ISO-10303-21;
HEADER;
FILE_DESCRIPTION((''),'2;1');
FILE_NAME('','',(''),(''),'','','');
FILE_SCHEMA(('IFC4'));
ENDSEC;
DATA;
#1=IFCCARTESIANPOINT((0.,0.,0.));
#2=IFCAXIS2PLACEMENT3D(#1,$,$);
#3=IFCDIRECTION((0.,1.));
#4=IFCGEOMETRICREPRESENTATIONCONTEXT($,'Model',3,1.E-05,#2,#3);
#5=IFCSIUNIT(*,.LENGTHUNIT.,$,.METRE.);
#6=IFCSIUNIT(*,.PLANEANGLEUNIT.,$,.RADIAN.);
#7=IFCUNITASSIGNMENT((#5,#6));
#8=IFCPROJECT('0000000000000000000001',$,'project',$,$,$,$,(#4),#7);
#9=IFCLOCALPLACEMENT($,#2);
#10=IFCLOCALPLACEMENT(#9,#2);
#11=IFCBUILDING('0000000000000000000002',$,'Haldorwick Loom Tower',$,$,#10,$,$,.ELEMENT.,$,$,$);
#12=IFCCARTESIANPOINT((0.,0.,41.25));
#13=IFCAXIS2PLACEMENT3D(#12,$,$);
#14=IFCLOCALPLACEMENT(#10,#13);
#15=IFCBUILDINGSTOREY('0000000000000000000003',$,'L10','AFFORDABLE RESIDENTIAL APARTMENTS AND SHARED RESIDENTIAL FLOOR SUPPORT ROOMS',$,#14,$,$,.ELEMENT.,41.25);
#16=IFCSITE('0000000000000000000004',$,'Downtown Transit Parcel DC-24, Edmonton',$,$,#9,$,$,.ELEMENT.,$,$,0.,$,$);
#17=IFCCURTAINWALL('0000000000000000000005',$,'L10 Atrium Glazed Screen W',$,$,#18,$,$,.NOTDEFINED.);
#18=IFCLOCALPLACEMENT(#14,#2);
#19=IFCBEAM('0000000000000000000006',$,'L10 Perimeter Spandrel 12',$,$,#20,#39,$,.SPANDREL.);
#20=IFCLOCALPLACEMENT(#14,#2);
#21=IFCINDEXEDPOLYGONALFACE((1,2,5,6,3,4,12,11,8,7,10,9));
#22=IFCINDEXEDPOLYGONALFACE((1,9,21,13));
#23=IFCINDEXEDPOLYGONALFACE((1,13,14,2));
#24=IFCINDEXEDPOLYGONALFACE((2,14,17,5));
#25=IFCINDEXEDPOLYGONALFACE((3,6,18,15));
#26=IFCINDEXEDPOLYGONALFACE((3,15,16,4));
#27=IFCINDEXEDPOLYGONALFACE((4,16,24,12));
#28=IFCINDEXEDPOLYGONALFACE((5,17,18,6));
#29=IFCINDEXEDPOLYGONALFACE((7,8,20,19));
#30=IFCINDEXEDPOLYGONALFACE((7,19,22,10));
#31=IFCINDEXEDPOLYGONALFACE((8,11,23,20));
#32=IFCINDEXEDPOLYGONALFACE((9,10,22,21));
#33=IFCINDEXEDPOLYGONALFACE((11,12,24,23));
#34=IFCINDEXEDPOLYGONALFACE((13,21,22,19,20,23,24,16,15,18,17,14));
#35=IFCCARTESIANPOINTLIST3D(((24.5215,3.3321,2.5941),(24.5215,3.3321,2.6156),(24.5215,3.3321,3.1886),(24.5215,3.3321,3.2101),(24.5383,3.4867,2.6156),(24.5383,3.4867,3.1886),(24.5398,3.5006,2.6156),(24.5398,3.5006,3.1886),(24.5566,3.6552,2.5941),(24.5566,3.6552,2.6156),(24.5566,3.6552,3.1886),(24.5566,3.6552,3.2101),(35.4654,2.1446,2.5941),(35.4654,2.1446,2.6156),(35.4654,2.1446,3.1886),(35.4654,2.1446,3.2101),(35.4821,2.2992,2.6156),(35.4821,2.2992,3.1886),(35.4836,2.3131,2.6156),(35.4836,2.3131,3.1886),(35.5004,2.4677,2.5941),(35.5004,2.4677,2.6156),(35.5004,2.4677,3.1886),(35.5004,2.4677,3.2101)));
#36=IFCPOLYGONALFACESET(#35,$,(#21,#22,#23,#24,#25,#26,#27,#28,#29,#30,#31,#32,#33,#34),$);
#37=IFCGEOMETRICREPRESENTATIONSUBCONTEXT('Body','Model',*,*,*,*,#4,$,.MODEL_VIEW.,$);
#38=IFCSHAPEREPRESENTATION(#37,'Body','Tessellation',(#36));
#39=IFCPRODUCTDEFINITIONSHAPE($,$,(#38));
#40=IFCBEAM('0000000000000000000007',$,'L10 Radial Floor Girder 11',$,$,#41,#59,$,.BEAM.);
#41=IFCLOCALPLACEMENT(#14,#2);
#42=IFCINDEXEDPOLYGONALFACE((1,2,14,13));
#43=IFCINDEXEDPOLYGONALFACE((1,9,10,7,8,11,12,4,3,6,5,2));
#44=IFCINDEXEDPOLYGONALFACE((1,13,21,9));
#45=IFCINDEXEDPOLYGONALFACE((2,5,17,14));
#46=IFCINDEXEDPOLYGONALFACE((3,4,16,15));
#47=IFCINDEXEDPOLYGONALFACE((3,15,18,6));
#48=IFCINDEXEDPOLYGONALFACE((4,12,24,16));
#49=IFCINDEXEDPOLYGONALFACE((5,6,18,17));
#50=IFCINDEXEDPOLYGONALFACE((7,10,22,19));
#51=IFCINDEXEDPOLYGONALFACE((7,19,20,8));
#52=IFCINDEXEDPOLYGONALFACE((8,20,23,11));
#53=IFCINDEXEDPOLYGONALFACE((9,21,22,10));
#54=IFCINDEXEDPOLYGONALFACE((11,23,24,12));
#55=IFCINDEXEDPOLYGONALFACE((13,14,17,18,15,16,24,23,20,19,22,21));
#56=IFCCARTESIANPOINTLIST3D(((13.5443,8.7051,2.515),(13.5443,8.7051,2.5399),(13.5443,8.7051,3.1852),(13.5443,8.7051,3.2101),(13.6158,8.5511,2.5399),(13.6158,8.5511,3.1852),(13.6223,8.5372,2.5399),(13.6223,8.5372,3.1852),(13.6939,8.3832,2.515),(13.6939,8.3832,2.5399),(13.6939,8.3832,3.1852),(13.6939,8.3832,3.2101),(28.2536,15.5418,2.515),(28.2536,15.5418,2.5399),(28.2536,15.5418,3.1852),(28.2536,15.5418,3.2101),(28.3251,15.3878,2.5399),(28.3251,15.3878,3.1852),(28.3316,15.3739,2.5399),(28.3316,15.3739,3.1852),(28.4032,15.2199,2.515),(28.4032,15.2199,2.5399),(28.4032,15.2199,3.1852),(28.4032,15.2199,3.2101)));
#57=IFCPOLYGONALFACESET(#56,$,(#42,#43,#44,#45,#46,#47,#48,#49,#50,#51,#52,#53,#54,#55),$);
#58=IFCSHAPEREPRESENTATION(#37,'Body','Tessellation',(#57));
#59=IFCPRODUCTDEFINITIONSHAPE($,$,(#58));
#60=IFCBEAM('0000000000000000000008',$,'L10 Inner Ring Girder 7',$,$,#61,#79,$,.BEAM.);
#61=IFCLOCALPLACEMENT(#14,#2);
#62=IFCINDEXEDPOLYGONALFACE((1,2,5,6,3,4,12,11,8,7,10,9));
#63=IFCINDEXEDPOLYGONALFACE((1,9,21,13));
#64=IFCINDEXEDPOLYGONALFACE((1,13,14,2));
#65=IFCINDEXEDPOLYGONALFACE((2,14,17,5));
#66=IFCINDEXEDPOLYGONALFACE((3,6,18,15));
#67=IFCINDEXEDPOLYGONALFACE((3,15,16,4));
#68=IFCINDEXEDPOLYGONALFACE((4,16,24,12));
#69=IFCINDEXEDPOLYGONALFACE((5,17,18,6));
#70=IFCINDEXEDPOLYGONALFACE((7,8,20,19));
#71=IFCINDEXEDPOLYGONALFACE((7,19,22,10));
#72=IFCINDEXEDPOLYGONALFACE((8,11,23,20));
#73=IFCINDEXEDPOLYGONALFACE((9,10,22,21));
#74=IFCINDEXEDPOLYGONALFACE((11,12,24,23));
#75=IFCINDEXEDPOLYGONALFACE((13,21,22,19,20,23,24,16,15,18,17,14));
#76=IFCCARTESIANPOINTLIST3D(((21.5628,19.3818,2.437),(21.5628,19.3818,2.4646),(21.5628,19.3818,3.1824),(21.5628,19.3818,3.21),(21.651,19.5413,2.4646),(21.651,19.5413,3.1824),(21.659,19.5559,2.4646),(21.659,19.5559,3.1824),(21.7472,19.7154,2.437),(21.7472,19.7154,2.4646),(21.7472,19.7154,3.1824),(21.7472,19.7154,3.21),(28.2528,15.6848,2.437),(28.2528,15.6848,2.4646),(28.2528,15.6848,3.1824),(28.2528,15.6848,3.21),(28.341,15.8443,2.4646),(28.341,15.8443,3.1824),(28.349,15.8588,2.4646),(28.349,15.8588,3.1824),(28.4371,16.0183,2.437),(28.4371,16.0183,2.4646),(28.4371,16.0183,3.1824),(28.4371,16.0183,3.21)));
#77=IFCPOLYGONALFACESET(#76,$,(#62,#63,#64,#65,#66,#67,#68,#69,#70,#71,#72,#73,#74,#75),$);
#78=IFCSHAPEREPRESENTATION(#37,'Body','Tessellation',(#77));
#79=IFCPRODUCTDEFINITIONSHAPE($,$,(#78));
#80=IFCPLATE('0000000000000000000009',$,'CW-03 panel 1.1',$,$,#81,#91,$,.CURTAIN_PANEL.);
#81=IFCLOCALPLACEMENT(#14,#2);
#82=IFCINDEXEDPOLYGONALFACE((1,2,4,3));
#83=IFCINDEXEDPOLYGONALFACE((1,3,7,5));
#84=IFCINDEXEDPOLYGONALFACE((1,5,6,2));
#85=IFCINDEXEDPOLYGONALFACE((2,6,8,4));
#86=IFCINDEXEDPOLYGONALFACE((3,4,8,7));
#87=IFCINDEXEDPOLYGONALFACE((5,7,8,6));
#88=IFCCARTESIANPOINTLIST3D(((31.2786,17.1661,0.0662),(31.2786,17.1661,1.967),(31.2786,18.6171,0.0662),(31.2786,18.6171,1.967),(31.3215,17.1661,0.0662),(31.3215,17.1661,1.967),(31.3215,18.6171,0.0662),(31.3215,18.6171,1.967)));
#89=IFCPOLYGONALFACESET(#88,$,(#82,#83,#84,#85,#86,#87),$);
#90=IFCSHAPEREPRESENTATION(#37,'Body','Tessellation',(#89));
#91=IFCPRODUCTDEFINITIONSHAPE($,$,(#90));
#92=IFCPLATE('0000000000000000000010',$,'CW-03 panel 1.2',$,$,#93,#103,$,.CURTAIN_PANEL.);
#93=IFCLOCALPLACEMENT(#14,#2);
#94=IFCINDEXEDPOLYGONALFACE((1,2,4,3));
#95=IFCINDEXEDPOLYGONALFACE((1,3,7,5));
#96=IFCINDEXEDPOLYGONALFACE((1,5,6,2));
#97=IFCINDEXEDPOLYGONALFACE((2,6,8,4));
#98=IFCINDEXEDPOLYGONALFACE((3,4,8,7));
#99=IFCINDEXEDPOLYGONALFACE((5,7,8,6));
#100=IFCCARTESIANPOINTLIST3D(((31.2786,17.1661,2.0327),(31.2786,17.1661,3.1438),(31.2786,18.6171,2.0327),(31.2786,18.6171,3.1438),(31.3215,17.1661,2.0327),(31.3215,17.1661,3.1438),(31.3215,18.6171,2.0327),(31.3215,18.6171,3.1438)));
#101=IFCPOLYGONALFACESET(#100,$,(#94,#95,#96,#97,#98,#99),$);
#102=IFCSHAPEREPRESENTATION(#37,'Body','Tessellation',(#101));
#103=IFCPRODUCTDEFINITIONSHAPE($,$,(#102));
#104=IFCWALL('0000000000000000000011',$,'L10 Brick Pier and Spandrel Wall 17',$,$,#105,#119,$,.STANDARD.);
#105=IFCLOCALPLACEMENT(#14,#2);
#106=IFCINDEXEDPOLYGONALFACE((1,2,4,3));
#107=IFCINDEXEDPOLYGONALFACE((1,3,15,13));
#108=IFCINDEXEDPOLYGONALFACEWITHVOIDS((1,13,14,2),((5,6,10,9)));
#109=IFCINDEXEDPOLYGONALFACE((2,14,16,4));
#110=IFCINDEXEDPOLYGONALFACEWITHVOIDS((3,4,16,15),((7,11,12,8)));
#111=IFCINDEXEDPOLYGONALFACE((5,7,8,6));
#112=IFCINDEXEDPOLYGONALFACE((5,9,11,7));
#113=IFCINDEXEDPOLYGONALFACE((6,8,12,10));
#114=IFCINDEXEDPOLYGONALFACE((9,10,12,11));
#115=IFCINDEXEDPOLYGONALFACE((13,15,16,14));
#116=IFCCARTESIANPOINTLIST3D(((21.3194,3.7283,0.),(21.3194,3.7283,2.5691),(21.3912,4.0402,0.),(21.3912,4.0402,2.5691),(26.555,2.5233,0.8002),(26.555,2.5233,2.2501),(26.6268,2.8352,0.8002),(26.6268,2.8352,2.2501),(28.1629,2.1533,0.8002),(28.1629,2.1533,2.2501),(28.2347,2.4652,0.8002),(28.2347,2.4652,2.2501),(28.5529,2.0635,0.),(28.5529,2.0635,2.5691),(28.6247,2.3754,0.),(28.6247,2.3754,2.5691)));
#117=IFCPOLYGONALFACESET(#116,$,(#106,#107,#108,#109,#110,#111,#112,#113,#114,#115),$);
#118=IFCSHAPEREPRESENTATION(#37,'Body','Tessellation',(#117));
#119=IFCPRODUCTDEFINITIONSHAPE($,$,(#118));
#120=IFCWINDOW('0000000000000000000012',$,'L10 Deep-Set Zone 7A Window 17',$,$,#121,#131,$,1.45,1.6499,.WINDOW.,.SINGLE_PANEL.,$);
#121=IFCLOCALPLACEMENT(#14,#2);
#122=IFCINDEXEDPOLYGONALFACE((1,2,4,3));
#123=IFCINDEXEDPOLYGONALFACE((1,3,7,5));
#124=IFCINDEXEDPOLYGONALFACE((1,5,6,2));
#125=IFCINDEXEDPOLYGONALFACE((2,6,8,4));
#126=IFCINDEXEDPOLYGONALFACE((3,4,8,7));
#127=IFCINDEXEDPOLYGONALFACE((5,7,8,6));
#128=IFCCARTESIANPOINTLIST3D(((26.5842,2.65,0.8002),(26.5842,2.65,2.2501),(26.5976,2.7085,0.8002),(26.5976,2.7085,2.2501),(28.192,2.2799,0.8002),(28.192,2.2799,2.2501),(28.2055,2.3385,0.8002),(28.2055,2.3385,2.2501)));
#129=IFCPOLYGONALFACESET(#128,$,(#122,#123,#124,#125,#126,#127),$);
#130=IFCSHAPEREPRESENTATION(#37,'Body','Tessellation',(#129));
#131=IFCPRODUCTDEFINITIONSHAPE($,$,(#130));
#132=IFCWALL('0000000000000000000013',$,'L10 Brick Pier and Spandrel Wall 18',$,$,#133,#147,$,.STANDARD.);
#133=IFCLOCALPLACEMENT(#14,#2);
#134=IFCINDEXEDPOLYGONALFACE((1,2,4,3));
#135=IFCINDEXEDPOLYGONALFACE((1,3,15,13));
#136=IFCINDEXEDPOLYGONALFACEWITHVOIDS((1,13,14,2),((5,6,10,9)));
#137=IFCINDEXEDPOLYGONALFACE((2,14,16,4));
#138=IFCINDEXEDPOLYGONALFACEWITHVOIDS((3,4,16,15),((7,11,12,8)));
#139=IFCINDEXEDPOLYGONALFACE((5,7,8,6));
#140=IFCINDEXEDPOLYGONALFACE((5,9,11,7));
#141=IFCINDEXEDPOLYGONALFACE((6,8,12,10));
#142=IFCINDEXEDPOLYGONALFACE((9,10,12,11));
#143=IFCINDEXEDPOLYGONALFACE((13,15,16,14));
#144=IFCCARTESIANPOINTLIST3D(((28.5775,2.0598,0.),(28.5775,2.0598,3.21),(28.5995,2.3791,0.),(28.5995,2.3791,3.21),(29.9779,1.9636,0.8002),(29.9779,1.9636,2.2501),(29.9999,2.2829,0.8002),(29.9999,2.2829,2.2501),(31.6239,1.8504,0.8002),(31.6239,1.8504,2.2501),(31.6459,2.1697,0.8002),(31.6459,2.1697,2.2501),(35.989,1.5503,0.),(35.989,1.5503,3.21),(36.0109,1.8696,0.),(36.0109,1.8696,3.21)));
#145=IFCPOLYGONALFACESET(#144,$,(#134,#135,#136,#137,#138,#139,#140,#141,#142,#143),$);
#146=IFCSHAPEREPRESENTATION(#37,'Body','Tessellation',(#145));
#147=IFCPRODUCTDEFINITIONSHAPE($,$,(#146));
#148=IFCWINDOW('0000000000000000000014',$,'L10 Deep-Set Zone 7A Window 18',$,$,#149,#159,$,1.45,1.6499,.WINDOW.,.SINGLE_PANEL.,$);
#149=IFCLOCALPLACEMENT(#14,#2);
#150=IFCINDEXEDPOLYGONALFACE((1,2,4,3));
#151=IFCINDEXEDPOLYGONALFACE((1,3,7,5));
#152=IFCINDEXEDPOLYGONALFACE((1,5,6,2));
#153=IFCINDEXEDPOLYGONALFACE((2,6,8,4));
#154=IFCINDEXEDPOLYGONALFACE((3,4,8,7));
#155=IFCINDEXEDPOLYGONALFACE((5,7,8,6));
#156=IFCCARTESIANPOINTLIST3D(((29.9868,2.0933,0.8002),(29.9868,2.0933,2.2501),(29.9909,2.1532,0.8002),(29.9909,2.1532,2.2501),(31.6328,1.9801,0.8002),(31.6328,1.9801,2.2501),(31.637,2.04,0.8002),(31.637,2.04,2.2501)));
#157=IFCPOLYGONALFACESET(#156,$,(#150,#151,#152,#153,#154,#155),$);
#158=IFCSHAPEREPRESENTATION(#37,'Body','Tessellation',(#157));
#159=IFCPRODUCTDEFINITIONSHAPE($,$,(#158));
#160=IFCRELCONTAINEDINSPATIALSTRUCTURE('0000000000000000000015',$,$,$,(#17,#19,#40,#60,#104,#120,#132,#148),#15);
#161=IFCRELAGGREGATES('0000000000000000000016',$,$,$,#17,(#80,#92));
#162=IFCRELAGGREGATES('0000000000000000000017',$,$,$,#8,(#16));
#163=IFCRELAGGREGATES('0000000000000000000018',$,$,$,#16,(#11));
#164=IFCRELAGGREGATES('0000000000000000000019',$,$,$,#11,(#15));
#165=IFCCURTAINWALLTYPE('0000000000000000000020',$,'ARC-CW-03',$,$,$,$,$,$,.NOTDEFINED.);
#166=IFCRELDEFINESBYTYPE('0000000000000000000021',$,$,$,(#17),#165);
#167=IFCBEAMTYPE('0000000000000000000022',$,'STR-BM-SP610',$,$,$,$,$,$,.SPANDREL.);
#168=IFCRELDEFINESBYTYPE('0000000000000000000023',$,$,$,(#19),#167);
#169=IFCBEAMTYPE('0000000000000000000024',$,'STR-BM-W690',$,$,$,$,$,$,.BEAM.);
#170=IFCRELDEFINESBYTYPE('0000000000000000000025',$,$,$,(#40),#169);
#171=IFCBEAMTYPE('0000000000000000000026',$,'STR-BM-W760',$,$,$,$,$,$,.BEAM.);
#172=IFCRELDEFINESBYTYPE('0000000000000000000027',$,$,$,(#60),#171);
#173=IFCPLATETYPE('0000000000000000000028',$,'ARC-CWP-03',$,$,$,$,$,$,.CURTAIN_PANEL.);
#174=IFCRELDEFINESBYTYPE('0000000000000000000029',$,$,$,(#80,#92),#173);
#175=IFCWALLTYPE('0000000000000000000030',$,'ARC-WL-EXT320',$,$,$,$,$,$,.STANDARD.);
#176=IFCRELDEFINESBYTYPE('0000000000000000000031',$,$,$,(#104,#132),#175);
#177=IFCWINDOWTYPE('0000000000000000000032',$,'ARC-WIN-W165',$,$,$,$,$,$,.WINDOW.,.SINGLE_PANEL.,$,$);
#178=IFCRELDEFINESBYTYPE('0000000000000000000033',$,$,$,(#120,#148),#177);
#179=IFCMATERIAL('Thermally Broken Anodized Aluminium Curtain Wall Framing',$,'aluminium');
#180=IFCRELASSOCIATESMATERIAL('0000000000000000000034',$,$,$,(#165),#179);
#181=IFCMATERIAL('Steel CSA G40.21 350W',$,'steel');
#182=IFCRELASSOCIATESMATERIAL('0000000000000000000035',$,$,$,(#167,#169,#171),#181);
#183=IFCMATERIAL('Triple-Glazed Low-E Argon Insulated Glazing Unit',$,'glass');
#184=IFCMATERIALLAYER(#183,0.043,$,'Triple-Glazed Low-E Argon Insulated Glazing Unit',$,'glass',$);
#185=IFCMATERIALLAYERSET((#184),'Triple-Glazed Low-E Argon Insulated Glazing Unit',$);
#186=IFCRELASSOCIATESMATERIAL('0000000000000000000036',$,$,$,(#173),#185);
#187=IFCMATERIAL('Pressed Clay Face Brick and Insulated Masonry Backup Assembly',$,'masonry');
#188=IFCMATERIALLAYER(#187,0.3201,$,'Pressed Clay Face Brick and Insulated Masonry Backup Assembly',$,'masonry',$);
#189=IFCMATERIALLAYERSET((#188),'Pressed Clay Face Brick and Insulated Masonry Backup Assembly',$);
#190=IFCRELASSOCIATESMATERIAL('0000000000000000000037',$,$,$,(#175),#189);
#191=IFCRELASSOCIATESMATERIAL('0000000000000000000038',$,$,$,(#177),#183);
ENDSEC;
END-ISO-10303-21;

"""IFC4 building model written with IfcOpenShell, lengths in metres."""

from ifc_helpers import new_model, si_unit, direction, frame, frame_2d, origin, origin_2d, place, context, subcontext, project, spatial, rectangle, i_section, extrude, material, layer, layer_set, material_profile, profile_set, type_object, element, fill, aggregate, save


model = new_model("IFC4")

# Units and contexts
model_context = context("Model", 3, precision=1e-05, world=origin(), true_north=direction((0.0, 1.0)))
body_context = subcontext(model_context, "Body", "Model", "MODEL_VIEW")
ifc_project = project(units=[si_unit("LENGTHUNIT", "METRE"), si_unit("PLANEANGLEUNIT", "RADIAN")], contexts=[model_context])

# Site, building, storey
site_placement = place(None, origin())
site = spatial("IfcSite", under=ifc_project, at=site_placement, Name="Downtown Transit Parcel DC-24, Edmonton", CompositionType="ELEMENT", RefElevation=0.0)
building_placement = place(site_placement, origin())
building = spatial("IfcBuilding", under=site, at=building_placement, Name="Haldorwick Loom Tower", CompositionType="ELEMENT")
storey_placement = place(building_placement, frame((0.0, 0.0, 41.25)))
storey = spatial("IfcBuildingStorey", under=building, at=storey_placement, Name="L10", Description="AFFORDABLE RESIDENTIAL APARTMENTS AND SHARED RESIDENTIAL FLOOR SUPPORT ROOMS", CompositionType="ELEMENT", Elevation=41.25)

# Curtain wall
ifc_material_1 = material(Name="Thermally Broken Anodized Aluminium Curtain Wall Framing", Category="aluminium")
curtain_wall_type = type_object("IfcCurtainWallType", Name="ARC-CW-03", PredefinedType="NOTDEFINED", material=ifc_material_1)
curtain_wall_placement = place(storey_placement, origin())
curtain_wall = element("IfcCurtainWall", 1, at=curtain_wall_placement, inside=storey, type_object=curtain_wall_type, Name="L10 Atrium Glazed Screen W", PredefinedType="NOTDEFINED")

# Beams
ifc_material_2 = material(Name="Steel CSA G40.21 350W", Category="steel")
ifc_material_profile_1 = material_profile(ifc_material_2, i_section(OverallWidth=0.325, OverallDepth=0.616, WebThickness=0.0139, FlangeThickness=0.0215, at=origin_2d()), Name="W610X174", Category="steel")
ifc_profile_set_1 = profile_set([ifc_material_profile_1], Name="Steel CSA G40.21 350W")
beam_type_1 = type_object("IfcBeamType", Name="STR-BM-SP610", PredefinedType="SPANDREL", material=ifc_profile_set_1)
beam_1_placement = place(storey_placement, frame((24.5391, 3.4937, 2.9021), z_axis=(0.994164, -0.107875, 0.0), x_axis=(0.107875, 0.994164, 0.0)))
element("IfcBeam", 2, at=beam_1_placement, inside=storey, type_object=beam_type_1, Name="L10 Perimeter Spandrel 12", PredefinedType="SPANDREL", context=body_context, shape_type="SweptSolid", body=[
    extrude(i_section(OverallWidth=0.325, OverallDepth=0.616, WebThickness=0.0139, FlangeThickness=0.0215, at=origin_2d()), origin(), (0.0, 0.0, 1.0), 11.0081),
])
ifc_material_profile_2 = material_profile(ifc_material_2, i_section(OverallWidth=0.355, OverallDepth=0.6951, WebThickness=0.0154, FlangeThickness=0.0249, at=origin_2d()), Name="W690X217", Category="steel")
ifc_profile_set_2 = profile_set([ifc_material_profile_2], Name="Steel CSA G40.21 350W")
beam_type_2 = type_object("IfcBeamType", Name="STR-BM-W690", PredefinedType="BEAM", material=ifc_profile_set_2)
beam_2_placement = place(storey_placement, frame((28.3284, 15.3809, 2.8625), z_axis=(-0.906835, -0.421486, 0.0), x_axis=(0.421486, -0.906835, 0.0)))
element("IfcBeam", 3, at=beam_2_placement, inside=storey, type_object=beam_type_2, Name="L10 Radial Floor Girder 11", PredefinedType="BEAM", context=body_context, shape_type="SweptSolid", body=[
    extrude(i_section(OverallWidth=0.355, OverallDepth=0.6951, WebThickness=0.0154, FlangeThickness=0.0249, at=origin_2d()), origin(), (0.0, 0.0, 1.0), 16.2205),
])
ifc_material_profile_3 = material_profile(ifc_material_2, i_section(OverallWidth=0.3811, OverallDepth=0.7729, WebThickness=0.0166, FlangeThickness=0.0276, at=origin_2d()), Name="W760X257", Category="steel")
ifc_profile_set_3 = profile_set([ifc_material_profile_3], Name="Steel CSA G40.21 350W")
beam_type_3 = type_object("IfcBeamType", Name="STR-BM-W760", PredefinedType="BEAM", material=ifc_profile_set_3)
beam_3_placement = place(storey_placement, frame((28.345, 15.8516, 2.8235), z_axis=(-0.875244, 0.483681, 0.0), x_axis=(-0.483681, -0.875244, 0.0)))
element("IfcBeam", 4, at=beam_3_placement, inside=storey, type_object=beam_type_3, Name="L10 Inner Ring Girder 7", PredefinedType="BEAM", context=body_context, shape_type="SweptSolid", body=[
    extrude(i_section(OverallWidth=0.3811, OverallDepth=0.7729, WebThickness=0.0166, FlangeThickness=0.0276, at=origin_2d()), origin(), (0.0, 0.0, 1.0), 7.6436),
])

# Plates
ifc_material_3 = material(Name="Triple-Glazed Low-E Argon Insulated Glazing Unit", Category="glass")
ifc_layer_1 = layer(ifc_material_3, 0.043, Name="Triple-Glazed Low-E Argon Insulated Glazing Unit", Category="glass")
ifc_layer_set_1 = layer_set([ifc_layer_1], Name="Triple-Glazed Low-E Argon Insulated Glazing Unit")
plate_type = type_object("IfcPlateType", Name="ARC-CWP-03", PredefinedType="CURTAIN_PANEL", material=ifc_layer_set_1)
plate_1_placement = place(storey_placement, frame((31.3, 17.8916, 0.0662), z_axis=(0.0, 0.0, 1.0), x_axis=(0.0, 1.0, 0.0)))
plate_1 = element("IfcPlate", 5, at=plate_1_placement, type_object=plate_type, Name="CW-03 panel 1.1", PredefinedType="CURTAIN_PANEL", context=body_context, shape_type="SweptSolid", body=[
    extrude(rectangle(XDim=1.4509, YDim=0.043, at=origin_2d()), origin(), (0.0, 0.0, 1.0), 1.9009),
])
plate_2_placement = place(storey_placement, frame((31.3, 17.8916, 2.0327), z_axis=(0.0, 0.0, 1.0), x_axis=(0.0, 1.0, 0.0)))
plate_2 = element("IfcPlate", 6, at=plate_2_placement, type_object=plate_type, Name="CW-03 panel 1.2", PredefinedType="CURTAIN_PANEL", context=body_context, shape_type="SweptSolid", body=[
    extrude(rectangle(XDim=1.4509, YDim=0.043, at=origin_2d()), origin(), (0.0, 0.0, 1.0), 1.1111),
])
aggregate(curtain_wall, [plate_1, plate_2])

# Walls, openings, windows
ifc_material_4 = material(Name="Pressed Clay Face Brick and Insulated Masonry Backup Assembly", Category="masonry")
ifc_layer_2 = layer(ifc_material_4, 0.3201, Name="Pressed Clay Face Brick and Insulated Masonry Backup Assembly", Category="masonry")
ifc_layer_set_2 = layer_set([ifc_layer_2], Name="Pressed Clay Face Brick and Insulated Masonry Backup Assembly")
wall_type_1 = type_object("IfcWallType", Name="ARC-WL-EXT320", PredefinedType="STANDARD", material=ifc_layer_set_2)
wall_1_placement = place(storey_placement, frame((21.3552, 3.8843, 0.0), z_axis=(0.0, 0.0, 1.0), x_axis=(0.974522, -0.22429, 0.0)))
wall_1 = element("IfcWall", 7, at=wall_1_placement, inside=storey, type_object=wall_type_1, Name="L10 Brick Pier and Spandrel Wall 17", PredefinedType="STANDARD", context=body_context, shape_type="SweptSolid", body=[
    extrude(rectangle(XDim=7.4226, YDim=0.3201, at=frame_2d((3.7114, 0.0))), origin(), (0.0, 0.0, 1.0), 2.5691),
])
opening_1_placement = place(wall_1_placement, frame((5.3726, 0.0, 0.8)))
opening_1 = element("IfcOpeningElement", 8, at=opening_1_placement, cuts=wall_1, PredefinedType="OPENING", context=body_context, shape_type="SweptSolid", body=[
    extrude(rectangle(XDim=1.6499, YDim=1.45, at=frame_2d((0.825, 0.7251))), frame((0.0, 0.1699, 0.0), z_axis=(0.0, -1.0, 0.0), x_axis=(1.0, 0.0, 0.0)), (0.0, 0.0, 1.0), 0.3401),
])
window_type = type_object("IfcWindowType", Name="ARC-WIN-W165", PartitioningType="SINGLE_PANEL", PredefinedType="WINDOW", material=ifc_material_3)
window_1_placement = place(opening_1_placement, origin())
window_1 = element("IfcWindow", 9, at=window_1_placement, inside=storey, type_object=window_type, Name="L10 Deep-Set Zone 7A Window 17", OverallHeight=1.45, OverallWidth=1.6499, PartitioningType="SINGLE_PANEL", PredefinedType="WINDOW", context=body_context, shape_type="SweptSolid", body=[
    extrude(rectangle(XDim=1.6499, YDim=1.45, at=frame_2d((0.825, 0.7251))), frame((0.0, 0.03, 0.0), z_axis=(0.0, -1.0, 0.0), x_axis=(1.0, 0.0, 0.0)), (0.0, 0.0, 1.0), 0.0601),
])
fill(opening_1, window_1)
wall_2_placement = place(storey_placement, frame((28.5886, 2.2195, 0.0), z_axis=(0.0, 0.0, 1.0), x_axis=(0.997645, -0.068587, 0.0)))
wall_2 = element("IfcWall", 10, at=wall_2_placement, inside=storey, type_object=wall_type_1, Name="L10 Brick Pier and Spandrel Wall 18", PredefinedType="STANDARD", context=body_context, shape_type="SweptSolid", body=[
    extrude(rectangle(XDim=7.429, YDim=0.3201, at=frame_2d((3.7144, 0.0))), origin(), (0.0, 0.0, 1.0), 3.21),
])
opening_2_placement = place(wall_2_placement, frame((1.4036, 0.0, 0.8)))
opening_2 = element("IfcOpeningElement", 11, at=opening_2_placement, cuts=wall_2, PredefinedType="OPENING", context=body_context, shape_type="SweptSolid", body=[
    extrude(rectangle(XDim=1.6499, YDim=1.45, at=frame_2d((0.825, 0.7251))), frame((0.0, 0.1699, 0.0), z_axis=(0.0, -1.0, 0.0), x_axis=(1.0, 0.0, 0.0)), (0.0, 0.0, 1.0), 0.3401),
])
window_2_placement = place(opening_2_placement, origin())
window_2 = element("IfcWindow", 12, at=window_2_placement, inside=storey, type_object=window_type, Name="L10 Deep-Set Zone 7A Window 18", OverallHeight=1.45, OverallWidth=1.6499, PartitioningType="SINGLE_PANEL", PredefinedType="WINDOW", context=body_context, shape_type="SweptSolid", body=[
    extrude(rectangle(XDim=1.6499, YDim=1.45, at=frame_2d((0.825, 0.7251))), frame((0.0, 0.03, 0.0), z_axis=(0.0, -1.0, 0.0), x_axis=(1.0, 0.0, 0.0)), (0.0, 0.0, 1.0), 0.0601),
])
fill(opening_2, window_2)

save(model, "model.ifc")
